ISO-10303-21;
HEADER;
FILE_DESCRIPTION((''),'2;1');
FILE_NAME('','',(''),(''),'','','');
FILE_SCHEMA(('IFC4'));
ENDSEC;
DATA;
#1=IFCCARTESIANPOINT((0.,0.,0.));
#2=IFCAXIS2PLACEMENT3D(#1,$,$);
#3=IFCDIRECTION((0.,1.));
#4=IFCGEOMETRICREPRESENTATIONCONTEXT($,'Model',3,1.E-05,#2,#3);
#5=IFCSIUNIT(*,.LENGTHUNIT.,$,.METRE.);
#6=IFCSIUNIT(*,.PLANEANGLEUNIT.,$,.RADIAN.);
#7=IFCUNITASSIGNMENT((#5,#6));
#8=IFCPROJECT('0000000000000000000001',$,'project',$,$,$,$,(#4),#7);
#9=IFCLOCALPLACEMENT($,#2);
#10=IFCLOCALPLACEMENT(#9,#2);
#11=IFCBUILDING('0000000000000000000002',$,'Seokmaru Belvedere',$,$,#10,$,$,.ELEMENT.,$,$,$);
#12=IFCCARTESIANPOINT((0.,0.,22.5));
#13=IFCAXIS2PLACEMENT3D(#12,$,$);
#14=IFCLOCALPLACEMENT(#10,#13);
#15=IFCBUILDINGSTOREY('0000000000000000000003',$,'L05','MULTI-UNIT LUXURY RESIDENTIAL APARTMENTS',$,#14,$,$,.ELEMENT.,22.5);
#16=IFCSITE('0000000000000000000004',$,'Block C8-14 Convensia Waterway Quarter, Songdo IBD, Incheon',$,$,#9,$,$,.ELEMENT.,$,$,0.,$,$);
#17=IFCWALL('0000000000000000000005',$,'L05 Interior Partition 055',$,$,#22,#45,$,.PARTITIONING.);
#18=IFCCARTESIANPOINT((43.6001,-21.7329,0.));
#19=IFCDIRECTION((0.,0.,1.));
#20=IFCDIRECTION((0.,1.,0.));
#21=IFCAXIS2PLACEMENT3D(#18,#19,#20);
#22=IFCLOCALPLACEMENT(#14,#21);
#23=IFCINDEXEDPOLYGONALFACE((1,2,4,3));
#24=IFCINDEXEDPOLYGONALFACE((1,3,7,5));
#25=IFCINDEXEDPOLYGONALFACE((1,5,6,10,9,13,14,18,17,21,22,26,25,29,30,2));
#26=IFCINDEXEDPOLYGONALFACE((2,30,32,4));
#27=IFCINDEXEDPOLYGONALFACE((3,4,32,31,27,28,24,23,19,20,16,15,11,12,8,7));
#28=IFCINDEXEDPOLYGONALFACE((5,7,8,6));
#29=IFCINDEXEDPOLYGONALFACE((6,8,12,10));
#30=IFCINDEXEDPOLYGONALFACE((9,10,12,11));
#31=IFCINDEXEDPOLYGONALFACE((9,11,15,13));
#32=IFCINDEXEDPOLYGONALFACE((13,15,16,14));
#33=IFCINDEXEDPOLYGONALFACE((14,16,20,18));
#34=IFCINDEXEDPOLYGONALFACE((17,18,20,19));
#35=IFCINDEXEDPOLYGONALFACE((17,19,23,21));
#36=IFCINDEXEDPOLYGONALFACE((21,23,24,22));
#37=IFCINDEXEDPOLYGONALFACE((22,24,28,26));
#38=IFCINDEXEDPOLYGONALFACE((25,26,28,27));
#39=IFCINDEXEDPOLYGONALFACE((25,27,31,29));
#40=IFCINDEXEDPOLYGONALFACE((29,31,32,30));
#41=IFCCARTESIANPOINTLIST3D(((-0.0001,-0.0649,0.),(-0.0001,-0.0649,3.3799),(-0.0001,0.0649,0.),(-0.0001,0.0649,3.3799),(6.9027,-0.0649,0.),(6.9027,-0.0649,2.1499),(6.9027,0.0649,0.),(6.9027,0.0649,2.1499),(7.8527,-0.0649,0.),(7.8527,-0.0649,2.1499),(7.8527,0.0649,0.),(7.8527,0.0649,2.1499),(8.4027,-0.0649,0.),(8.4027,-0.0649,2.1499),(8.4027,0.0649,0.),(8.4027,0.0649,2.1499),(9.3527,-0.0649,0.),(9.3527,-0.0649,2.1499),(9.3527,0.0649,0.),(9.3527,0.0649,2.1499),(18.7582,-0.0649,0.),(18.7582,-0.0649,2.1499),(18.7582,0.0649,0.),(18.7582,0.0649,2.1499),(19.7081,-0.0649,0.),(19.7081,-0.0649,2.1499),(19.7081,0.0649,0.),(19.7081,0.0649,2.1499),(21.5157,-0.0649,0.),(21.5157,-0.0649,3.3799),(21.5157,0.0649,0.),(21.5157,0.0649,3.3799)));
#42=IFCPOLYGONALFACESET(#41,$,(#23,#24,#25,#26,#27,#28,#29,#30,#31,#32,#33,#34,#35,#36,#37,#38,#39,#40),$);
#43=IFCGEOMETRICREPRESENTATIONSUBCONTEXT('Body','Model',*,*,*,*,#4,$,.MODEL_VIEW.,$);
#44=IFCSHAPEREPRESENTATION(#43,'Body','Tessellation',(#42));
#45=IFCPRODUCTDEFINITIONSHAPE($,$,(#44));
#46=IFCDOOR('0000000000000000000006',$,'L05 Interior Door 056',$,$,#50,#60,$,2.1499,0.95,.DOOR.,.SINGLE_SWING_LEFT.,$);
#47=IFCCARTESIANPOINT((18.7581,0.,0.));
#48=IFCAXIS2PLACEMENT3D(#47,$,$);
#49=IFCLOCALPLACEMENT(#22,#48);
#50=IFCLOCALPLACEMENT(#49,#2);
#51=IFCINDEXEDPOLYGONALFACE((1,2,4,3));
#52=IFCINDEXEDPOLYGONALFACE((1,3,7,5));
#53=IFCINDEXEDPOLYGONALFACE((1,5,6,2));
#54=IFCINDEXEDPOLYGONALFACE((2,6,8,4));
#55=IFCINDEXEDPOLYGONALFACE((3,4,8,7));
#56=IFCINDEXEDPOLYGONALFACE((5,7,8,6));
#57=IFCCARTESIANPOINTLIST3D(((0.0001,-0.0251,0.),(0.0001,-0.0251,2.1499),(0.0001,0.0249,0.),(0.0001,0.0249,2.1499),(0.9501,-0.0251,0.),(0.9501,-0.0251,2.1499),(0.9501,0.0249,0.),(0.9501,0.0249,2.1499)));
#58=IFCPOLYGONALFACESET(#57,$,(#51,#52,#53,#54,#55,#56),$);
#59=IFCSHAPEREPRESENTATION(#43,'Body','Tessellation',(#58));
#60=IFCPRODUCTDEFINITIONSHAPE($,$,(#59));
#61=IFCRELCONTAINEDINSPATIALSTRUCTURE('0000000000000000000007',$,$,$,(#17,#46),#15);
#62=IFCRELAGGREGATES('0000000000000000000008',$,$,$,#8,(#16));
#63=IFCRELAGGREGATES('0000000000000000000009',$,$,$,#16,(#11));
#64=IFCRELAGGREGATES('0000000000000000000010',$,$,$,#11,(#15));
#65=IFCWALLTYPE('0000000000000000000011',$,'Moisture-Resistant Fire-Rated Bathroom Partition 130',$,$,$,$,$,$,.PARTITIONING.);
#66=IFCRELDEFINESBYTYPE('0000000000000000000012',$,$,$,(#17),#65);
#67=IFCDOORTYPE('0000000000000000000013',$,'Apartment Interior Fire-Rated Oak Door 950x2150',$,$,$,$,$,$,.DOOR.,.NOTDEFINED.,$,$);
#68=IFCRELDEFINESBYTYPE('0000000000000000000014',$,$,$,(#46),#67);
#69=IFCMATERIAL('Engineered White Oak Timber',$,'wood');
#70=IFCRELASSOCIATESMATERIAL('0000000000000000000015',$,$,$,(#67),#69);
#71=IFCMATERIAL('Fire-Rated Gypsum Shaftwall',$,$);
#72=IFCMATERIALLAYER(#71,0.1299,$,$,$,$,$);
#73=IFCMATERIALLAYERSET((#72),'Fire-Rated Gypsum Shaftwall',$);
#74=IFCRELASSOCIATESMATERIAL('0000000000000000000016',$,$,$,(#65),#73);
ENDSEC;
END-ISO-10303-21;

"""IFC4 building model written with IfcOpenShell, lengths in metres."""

from ifc_helpers import new_model, si_unit, direction, frame, frame_2d, origin, place, context, subcontext, project, spatial, rectangle, extrude, source, transform, mapped, material, layer, layer_set, type_object, type_shapes, element, fill, save


model = new_model("IFC4")

# Units and contexts
model_context = context("Model", 3, precision=1e-05, world=origin(), true_north=direction((0.0, 1.0)))
body_context = subcontext(model_context, "Body", "Model", "MODEL_VIEW")
ifc_project = project(units=[si_unit("LENGTHUNIT", "METRE"), si_unit("PLANEANGLEUNIT", "RADIAN")], contexts=[model_context])

# Site, building, storey
site_placement = place(None, origin())
site = spatial("IfcSite", under=ifc_project, at=site_placement, Name="Block C8-14 Convensia Waterway Quarter, Songdo IBD, Incheon", CompositionType="ELEMENT", RefElevation=0.0)
building_placement = place(site_placement, origin())
building = spatial("IfcBuilding", under=site, at=building_placement, Name="Seokmaru Belvedere", CompositionType="ELEMENT")
storey_placement = place(building_placement, frame((0.0, 0.0, 22.5)))
storey = spatial("IfcBuildingStorey", under=building, at=storey_placement, Name="L05", Description="MULTI-UNIT LUXURY RESIDENTIAL APARTMENTS", CompositionType="ELEMENT", Elevation=22.5)

# Shared definitions
ifc_material_1 = material(Name="Fire-Rated Gypsum Shaftwall")
ifc_material_2 = material(Name="Engineered White Oak Timber", Category="wood")
door_type_1 = type_object("IfcDoorType", Name="Apartment Interior Fire-Rated Oak Door 950x2150", OperationType="NOTDEFINED", PredefinedType="DOOR", material=ifc_material_2)
shared_shape_1 = source(origin(), body_context, "Body", "SweptSolid", [
    extrude(rectangle(XDim=0.95, YDim=2.1499, at=frame_2d((0.4751, 1.075))), frame((0.0, 0.0249, 0.0), z_axis=(0.0, -1.0, 0.0), x_axis=(1.0, 0.0, 0.0)), (0.0, 0.0, 1.0), 0.05),
])
type_shapes(door_type_1, [shared_shape_1])

# Wall, openings, door
ifc_layer_1 = layer(ifc_material_1, 0.1299)
ifc_layer_set_1 = layer_set([ifc_layer_1], Name="Fire-Rated Gypsum Shaftwall")
wall_type_1 = type_object("IfcWallType", Name="Moisture-Resistant Fire-Rated Bathroom Partition 130", PredefinedType="PARTITIONING", material=ifc_layer_set_1)
wall_1_placement = place(storey_placement, frame((43.6001, -21.7329, 0.0), z_axis=(0.0, 0.0, 1.0), x_axis=(0.0, 1.0, 0.0)))
wall_1 = element("IfcWall", 1, at=wall_1_placement, inside=storey, type_object=wall_type_1, Name="L05 Interior Partition 055", PredefinedType="PARTITIONING", context=body_context, shape_type="SweptSolid", body=[
    extrude(rectangle(XDim=21.5159, YDim=0.1299, at=frame_2d((10.7578, 0.0))), origin(), (0.0, 0.0, 1.0), 3.3799),
])
opening_1_placement = place(wall_1_placement, frame((6.9026, 0.0, 0.0)))
element("IfcOpeningElement", 2, at=opening_1_placement, cuts=wall_1, PredefinedType="OPENING", context=body_context, shape_type="SweptSolid", body=[
    extrude(rectangle(XDim=0.95, YDim=2.1499, at=frame_2d((0.4751, 1.075))), frame((0.0, 0.075, 0.0), z_axis=(0.0, -1.0, 0.0), x_axis=(1.0, 0.0, 0.0)), (0.0, 0.0, 1.0), 0.1499),
])
opening_2_placement = place(wall_1_placement, frame((8.4026, 0.0, 0.0)))
element("IfcOpeningElement", 3, at=opening_2_placement, cuts=wall_1, PredefinedType="OPENING", context=body_context, shape_type="SweptSolid", body=[
    extrude(rectangle(XDim=0.95, YDim=2.1499, at=frame_2d((0.4751, 1.075))), frame((0.0, 0.075, 0.0), z_axis=(0.0, -1.0, 0.0), x_axis=(1.0, 0.0, 0.0)), (0.0, 0.0, 1.0), 0.1499),
])
opening_3_placement = place(wall_1_placement, frame((18.7581, 0.0, 0.0)))
opening_3 = element("IfcOpeningElement", 4, at=opening_3_placement, cuts=wall_1, PredefinedType="OPENING", context=body_context, shape_type="SweptSolid", body=[
    extrude(rectangle(XDim=0.95, YDim=2.1499, at=frame_2d((0.4751, 1.075))), frame((0.0, 0.075, 0.0), z_axis=(0.0, -1.0, 0.0), x_axis=(1.0, 0.0, 0.0)), (0.0, 0.0, 1.0), 0.1499),
])
door_1_placement = place(opening_3_placement, origin())
door_1 = element("IfcDoor", 5, at=door_1_placement, inside=storey, type_object=door_type_1, Name="L05 Interior Door 056", OperationType="SINGLE_SWING_LEFT", OverallHeight=2.1499, OverallWidth=0.95, PredefinedType="DOOR", context=body_context, shape_type="MappedRepresentation", body=[
    mapped(shared_shape_1, transform((0.0, 0.0, 0.0), scale=1.0)),
])
fill(opening_3, door_1)

save(model, "model.ifc")
